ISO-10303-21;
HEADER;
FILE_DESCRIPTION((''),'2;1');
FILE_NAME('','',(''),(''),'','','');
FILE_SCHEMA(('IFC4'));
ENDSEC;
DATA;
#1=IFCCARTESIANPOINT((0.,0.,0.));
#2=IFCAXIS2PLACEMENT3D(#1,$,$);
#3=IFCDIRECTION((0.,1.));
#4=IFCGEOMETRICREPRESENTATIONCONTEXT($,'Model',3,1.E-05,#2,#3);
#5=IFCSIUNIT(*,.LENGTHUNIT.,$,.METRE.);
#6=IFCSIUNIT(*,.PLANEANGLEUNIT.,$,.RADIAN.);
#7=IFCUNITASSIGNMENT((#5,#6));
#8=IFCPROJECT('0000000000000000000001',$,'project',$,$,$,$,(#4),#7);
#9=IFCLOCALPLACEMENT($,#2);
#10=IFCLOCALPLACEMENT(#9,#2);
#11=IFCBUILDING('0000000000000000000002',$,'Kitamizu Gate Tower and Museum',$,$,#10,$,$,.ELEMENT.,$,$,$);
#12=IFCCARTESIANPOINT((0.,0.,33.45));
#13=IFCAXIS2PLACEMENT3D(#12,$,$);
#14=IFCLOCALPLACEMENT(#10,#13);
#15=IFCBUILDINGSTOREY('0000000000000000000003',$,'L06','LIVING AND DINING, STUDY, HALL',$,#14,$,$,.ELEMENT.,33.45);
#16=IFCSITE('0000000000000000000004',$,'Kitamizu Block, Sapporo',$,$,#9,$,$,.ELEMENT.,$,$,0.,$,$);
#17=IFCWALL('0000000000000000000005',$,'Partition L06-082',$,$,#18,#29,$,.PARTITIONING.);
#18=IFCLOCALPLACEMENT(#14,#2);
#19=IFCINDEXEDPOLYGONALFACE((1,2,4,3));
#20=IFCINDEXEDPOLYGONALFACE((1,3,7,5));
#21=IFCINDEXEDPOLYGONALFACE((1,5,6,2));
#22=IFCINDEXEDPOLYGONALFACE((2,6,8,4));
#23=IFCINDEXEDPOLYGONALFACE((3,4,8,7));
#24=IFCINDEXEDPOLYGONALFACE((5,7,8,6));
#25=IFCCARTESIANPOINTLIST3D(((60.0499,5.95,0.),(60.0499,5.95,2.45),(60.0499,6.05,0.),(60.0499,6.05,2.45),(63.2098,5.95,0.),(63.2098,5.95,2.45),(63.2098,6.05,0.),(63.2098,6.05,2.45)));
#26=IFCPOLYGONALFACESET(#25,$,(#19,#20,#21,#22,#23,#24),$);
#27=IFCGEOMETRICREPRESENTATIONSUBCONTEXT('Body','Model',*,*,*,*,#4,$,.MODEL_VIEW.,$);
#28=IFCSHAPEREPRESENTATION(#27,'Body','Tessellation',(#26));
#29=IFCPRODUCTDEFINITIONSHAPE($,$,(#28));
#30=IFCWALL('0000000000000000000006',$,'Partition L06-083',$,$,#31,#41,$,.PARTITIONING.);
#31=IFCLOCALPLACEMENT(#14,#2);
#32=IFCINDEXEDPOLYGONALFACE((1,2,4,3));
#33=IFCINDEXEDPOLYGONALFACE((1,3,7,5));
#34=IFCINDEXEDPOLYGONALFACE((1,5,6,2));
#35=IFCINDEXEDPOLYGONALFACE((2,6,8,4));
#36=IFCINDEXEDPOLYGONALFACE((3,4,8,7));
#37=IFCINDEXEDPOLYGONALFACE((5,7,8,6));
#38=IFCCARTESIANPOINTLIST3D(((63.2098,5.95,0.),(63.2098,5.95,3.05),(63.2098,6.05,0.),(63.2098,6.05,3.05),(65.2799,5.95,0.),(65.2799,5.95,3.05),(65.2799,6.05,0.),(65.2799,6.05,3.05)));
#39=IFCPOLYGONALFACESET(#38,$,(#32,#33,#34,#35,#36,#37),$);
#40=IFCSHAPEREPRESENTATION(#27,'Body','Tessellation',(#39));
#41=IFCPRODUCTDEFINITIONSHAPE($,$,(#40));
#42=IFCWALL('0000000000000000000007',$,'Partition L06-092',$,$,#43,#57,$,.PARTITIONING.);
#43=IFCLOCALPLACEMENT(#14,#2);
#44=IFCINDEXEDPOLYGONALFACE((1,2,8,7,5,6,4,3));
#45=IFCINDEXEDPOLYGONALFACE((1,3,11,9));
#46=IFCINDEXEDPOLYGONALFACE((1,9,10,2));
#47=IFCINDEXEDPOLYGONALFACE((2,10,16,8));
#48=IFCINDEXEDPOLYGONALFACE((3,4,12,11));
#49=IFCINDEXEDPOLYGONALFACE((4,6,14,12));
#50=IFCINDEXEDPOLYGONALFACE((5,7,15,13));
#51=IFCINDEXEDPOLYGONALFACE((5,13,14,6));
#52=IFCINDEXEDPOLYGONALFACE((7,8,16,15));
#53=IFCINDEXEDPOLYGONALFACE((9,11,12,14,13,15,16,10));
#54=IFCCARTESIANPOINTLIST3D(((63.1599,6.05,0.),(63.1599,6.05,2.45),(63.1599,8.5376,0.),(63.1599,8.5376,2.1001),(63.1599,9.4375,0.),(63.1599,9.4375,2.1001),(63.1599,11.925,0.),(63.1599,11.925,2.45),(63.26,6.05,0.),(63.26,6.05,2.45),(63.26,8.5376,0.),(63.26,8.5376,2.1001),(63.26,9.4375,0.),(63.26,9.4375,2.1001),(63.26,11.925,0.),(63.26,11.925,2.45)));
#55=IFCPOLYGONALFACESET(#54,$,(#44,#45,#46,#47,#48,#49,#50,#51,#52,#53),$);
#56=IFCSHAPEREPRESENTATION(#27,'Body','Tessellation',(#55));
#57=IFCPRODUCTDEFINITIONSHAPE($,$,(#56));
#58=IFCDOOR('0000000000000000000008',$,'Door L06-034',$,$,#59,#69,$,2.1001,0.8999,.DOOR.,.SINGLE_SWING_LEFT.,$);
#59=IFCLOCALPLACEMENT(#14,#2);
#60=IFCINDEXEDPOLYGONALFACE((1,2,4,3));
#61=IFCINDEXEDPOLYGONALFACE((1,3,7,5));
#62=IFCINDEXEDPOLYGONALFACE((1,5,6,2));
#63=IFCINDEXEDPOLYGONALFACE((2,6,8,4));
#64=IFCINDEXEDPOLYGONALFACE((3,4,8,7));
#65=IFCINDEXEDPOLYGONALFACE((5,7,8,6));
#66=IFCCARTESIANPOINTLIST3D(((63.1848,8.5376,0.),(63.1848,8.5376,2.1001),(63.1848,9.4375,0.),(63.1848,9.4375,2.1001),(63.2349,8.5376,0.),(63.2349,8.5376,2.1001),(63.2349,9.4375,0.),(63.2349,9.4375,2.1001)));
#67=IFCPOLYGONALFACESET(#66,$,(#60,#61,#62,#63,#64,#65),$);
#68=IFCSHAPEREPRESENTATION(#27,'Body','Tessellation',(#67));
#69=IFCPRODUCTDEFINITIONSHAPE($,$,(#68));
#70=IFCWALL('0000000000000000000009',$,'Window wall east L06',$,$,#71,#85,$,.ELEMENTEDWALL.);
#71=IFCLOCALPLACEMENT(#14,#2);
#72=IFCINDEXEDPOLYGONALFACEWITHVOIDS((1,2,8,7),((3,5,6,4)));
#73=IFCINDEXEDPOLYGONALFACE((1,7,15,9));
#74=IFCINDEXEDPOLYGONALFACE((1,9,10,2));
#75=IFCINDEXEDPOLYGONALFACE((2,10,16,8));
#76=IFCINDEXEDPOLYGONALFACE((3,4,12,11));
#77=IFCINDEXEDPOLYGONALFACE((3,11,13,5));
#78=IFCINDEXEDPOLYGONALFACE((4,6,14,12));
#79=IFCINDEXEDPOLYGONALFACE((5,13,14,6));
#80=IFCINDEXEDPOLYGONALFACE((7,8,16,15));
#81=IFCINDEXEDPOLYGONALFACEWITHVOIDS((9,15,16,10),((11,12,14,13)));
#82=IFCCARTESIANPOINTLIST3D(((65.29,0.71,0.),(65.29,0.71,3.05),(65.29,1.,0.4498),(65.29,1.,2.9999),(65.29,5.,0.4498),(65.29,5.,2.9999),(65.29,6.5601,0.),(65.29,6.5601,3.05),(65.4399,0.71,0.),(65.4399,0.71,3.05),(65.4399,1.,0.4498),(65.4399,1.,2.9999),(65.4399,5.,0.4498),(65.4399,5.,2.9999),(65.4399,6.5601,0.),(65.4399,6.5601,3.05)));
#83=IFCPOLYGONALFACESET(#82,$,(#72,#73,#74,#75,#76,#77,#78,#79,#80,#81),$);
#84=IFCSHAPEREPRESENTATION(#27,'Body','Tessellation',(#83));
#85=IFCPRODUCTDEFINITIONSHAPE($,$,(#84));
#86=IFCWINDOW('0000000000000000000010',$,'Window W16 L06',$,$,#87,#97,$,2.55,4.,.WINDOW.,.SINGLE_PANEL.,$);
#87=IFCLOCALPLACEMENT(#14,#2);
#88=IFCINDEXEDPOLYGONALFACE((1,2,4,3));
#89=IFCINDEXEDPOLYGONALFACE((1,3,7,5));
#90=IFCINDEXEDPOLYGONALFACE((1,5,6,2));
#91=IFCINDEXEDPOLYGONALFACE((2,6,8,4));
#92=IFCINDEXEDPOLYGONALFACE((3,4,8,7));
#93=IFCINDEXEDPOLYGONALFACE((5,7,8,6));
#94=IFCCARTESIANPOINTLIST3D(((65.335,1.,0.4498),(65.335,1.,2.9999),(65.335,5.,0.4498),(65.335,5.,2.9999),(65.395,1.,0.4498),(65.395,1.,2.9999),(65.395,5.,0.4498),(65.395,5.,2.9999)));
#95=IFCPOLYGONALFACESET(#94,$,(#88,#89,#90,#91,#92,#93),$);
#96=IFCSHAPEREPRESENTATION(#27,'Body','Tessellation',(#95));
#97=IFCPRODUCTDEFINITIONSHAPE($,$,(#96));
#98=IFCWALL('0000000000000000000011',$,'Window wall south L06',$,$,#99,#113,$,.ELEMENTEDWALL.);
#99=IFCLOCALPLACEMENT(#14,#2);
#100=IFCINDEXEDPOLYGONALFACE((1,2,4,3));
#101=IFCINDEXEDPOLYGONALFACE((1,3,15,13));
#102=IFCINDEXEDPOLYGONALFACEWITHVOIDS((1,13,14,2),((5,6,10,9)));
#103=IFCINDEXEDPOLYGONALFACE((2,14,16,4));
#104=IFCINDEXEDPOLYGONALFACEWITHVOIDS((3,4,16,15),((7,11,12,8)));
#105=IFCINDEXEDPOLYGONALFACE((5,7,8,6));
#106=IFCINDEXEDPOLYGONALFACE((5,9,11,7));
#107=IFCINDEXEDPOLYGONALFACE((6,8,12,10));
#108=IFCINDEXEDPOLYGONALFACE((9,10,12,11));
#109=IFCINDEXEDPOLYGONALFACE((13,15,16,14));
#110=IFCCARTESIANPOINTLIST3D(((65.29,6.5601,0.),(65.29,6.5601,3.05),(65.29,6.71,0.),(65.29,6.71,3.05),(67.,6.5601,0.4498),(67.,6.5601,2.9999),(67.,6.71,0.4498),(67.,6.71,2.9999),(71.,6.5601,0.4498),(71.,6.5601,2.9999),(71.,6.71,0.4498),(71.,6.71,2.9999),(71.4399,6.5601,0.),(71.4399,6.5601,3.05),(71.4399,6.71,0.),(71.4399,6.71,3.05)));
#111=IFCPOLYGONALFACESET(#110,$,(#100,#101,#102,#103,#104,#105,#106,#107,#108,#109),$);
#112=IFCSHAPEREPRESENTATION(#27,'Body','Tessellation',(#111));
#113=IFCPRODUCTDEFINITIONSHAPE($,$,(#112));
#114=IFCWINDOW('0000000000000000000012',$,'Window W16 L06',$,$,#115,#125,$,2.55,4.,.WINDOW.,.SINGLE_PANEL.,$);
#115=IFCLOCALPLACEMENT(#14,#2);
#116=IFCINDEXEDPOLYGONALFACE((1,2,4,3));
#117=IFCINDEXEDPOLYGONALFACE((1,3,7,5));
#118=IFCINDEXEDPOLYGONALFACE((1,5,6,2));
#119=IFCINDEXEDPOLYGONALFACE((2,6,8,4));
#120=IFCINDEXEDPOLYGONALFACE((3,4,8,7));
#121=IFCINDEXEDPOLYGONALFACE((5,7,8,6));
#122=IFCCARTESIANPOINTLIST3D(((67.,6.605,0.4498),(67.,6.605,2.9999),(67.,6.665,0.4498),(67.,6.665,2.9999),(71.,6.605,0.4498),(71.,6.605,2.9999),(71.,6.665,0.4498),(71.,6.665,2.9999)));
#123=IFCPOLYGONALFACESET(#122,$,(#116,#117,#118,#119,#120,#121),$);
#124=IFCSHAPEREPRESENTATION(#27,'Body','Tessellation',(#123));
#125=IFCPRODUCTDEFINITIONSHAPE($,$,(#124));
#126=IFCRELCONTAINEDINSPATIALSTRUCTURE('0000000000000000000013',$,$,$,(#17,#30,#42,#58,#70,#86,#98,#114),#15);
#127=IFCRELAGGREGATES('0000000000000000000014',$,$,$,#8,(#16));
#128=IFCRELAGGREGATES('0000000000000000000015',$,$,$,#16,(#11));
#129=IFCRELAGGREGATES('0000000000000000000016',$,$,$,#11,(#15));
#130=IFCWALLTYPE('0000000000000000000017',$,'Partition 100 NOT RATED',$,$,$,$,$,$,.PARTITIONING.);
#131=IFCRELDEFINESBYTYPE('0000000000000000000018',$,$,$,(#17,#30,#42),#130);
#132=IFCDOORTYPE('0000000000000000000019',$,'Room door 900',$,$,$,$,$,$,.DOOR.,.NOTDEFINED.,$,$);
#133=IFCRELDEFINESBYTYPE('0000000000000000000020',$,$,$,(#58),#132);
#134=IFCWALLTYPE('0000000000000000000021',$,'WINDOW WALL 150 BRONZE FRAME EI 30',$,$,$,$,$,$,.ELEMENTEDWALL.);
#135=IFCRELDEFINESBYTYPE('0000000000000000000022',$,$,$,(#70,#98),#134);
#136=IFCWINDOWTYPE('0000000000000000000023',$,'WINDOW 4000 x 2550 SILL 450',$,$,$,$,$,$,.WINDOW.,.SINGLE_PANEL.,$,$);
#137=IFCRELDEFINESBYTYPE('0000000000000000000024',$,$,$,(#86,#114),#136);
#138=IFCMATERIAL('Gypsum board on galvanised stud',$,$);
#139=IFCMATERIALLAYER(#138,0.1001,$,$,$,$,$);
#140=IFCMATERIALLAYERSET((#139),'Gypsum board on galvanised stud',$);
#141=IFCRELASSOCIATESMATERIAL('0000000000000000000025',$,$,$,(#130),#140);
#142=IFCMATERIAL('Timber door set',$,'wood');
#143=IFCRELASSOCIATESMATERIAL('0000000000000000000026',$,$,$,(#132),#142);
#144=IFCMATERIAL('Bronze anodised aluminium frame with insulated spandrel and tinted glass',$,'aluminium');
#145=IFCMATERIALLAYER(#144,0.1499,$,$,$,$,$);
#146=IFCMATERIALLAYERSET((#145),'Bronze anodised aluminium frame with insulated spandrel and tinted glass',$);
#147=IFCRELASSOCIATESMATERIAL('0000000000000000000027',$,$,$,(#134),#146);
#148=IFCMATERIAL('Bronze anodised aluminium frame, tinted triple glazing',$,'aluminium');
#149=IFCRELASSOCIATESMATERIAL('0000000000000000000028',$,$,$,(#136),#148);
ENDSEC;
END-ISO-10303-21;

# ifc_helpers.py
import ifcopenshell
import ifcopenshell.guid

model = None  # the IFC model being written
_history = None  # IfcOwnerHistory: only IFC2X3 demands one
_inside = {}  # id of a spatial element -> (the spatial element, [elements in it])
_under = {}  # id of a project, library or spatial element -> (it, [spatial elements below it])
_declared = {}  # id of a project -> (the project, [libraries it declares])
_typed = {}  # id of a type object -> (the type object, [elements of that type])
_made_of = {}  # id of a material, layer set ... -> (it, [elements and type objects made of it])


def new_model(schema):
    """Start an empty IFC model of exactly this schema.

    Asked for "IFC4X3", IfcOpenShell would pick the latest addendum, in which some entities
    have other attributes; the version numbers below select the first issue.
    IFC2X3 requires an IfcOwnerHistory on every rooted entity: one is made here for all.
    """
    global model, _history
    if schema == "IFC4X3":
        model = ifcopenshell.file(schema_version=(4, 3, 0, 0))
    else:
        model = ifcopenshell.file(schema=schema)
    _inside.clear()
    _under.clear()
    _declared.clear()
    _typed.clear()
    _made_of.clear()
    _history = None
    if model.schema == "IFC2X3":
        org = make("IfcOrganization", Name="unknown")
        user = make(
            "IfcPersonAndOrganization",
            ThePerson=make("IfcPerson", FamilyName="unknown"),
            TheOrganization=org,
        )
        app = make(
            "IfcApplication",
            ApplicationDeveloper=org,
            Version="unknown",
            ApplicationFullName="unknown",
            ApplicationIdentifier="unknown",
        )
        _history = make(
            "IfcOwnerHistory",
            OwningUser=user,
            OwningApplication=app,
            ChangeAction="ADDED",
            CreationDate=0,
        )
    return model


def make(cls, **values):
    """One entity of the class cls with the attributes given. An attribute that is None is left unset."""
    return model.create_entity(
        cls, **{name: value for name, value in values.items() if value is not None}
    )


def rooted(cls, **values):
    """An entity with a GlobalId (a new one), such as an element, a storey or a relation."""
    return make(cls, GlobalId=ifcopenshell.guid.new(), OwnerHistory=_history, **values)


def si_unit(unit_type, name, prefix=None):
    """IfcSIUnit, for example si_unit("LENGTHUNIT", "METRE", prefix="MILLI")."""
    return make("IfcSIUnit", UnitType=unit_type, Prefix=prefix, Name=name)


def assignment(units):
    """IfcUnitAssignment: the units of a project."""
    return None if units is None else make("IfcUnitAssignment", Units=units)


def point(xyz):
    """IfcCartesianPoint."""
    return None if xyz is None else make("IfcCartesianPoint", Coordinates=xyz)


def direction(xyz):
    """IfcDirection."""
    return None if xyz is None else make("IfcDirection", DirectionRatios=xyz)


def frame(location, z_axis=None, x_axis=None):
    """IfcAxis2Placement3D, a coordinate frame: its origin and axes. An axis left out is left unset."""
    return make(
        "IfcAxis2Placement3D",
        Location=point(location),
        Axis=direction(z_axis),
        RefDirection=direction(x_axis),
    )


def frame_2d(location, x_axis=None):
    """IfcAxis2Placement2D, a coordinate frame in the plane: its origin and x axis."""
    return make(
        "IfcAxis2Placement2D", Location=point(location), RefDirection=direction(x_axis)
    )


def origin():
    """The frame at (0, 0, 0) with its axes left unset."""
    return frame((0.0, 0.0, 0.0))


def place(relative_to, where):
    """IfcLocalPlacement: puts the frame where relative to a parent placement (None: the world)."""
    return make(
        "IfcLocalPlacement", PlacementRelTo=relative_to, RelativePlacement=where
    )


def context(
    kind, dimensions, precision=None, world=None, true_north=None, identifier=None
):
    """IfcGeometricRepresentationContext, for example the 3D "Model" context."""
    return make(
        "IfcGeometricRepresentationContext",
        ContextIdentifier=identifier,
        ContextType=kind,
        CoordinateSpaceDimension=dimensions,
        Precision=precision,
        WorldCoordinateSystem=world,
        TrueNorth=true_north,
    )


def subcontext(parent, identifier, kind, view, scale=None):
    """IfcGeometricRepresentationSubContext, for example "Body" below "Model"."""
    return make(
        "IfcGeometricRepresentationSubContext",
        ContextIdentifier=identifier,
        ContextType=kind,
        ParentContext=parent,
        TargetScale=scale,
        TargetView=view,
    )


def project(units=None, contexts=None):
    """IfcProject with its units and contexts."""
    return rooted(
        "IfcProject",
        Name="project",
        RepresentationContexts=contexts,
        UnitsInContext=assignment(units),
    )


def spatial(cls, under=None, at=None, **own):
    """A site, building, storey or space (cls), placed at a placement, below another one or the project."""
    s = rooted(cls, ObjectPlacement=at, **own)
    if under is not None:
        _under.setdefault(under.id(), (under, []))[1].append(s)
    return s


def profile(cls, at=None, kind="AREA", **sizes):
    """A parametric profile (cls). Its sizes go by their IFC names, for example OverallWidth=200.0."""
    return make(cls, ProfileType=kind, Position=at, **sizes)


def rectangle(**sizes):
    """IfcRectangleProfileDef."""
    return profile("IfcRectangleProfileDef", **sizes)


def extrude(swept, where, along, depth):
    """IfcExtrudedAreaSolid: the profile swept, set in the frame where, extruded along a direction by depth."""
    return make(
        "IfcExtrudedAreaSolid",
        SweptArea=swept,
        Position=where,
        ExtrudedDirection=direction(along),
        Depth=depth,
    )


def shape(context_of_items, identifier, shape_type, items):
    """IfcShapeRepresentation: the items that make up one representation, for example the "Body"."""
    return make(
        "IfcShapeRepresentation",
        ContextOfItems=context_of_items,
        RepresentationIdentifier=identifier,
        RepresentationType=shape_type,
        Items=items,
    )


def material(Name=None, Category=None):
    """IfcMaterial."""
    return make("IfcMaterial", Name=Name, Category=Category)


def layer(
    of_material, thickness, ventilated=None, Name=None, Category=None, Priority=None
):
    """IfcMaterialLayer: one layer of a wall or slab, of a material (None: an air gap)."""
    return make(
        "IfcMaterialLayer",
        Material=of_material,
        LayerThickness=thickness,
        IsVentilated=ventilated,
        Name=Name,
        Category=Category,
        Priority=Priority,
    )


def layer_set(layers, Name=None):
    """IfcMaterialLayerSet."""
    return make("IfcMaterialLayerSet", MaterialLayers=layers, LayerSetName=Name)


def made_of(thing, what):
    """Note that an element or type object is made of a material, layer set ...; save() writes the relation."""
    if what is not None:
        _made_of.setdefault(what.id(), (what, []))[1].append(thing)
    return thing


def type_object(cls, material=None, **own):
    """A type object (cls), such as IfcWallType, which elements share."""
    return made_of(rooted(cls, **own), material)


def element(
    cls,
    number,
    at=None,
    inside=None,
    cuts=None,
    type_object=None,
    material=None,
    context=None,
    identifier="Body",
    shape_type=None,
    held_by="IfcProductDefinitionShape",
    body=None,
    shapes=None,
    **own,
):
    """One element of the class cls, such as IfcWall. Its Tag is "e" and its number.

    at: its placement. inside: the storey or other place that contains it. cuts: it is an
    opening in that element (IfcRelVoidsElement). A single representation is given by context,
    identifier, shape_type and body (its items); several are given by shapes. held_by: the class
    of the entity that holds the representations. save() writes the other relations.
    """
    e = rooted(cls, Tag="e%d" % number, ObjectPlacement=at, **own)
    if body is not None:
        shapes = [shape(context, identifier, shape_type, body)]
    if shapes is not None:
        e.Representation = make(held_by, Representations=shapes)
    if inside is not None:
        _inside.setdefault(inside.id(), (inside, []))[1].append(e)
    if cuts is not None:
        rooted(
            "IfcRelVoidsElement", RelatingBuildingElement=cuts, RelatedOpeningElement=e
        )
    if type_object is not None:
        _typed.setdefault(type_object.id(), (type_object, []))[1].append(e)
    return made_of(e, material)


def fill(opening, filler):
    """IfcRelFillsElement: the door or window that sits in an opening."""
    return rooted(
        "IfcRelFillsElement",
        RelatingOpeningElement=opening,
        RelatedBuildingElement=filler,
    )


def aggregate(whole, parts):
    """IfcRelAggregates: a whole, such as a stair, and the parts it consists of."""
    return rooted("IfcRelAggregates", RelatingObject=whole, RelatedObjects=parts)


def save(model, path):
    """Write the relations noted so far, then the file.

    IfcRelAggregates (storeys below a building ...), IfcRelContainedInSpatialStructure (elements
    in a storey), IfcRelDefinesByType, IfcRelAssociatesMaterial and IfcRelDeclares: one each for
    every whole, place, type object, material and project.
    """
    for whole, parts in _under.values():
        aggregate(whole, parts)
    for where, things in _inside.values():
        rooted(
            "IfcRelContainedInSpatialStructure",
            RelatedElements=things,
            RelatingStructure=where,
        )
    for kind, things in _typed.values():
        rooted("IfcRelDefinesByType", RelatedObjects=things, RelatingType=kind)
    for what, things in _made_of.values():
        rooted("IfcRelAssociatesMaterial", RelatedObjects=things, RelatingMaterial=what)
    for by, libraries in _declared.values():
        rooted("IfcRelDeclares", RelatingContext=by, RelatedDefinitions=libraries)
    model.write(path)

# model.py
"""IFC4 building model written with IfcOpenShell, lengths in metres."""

from ifc_helpers import new_model, si_unit, direction, frame, frame_2d, origin, place, context, subcontext, project, spatial, rectangle, extrude, material, layer, layer_set, type_object, element, fill, save


model = new_model("IFC4")

# Units and contexts
model_context = context("Model", 3, precision=1e-05, world=origin(), true_north=direction((0.0, 1.0)))
body_context = subcontext(model_context, "Body", "Model", "MODEL_VIEW")
ifc_project = project(units=[si_unit("LENGTHUNIT", "METRE"), si_unit("PLANEANGLEUNIT", "RADIAN")], contexts=[model_context])

# Site, building, storey
site_placement = place(None, origin())
site = spatial("IfcSite", under=ifc_project, at=site_placement, Name="Kitamizu Block, Sapporo", CompositionType="ELEMENT", RefElevation=0.0)
building_placement = place(site_placement, origin())
building = spatial("IfcBuilding", under=site, at=building_placement, Name="Kitamizu Gate Tower and Museum", CompositionType="ELEMENT")
storey_placement = place(building_placement, frame((0.0, 0.0, 33.45)))
storey = spatial("IfcBuildingStorey", under=building, at=storey_placement, Name="L06", Description="LIVING AND DINING, STUDY, HALL", CompositionType="ELEMENT", Elevation=33.45)

# Walls
ifc_material_1 = material(Name="Gypsum board on galvanised stud")
ifc_layer_1 = layer(ifc_material_1, 0.1001)
ifc_layer_set_1 = layer_set([ifc_layer_1], Name="Gypsum board on galvanised stud")
wall_type_1 = type_object("IfcWallType", Name="Partition 100 NOT RATED", PredefinedType="PARTITIONING", material=ifc_layer_set_1)
wall_1_placement = place(storey_placement, frame((63.21, 6.0, 0.0), z_axis=(0.0, 0.0, 1.0), x_axis=(-1.0, 0.0, 0.0)))
element("IfcWall", 1, at=wall_1_placement, inside=storey, type_object=wall_type_1, Name="Partition L06-082", PredefinedType="PARTITIONING", context=body_context, shape_type="SweptSolid", body=[
    extrude(rectangle(XDim=3.1599, YDim=0.1001, at=frame_2d((1.5801, 0.0))), origin(), (0.0, 0.0, 1.0), 2.45),
])
wall_2_placement = place(storey_placement, frame((65.28, 6.0, 0.0), z_axis=(0.0, 0.0, 1.0), x_axis=(-1.0, 0.0, 0.0)))
element("IfcWall", 2, at=wall_2_placement, inside=storey, type_object=wall_type_1, Name="Partition L06-083", PredefinedType="PARTITIONING", context=body_context, shape_type="SweptSolid", body=[
    extrude(rectangle(XDim=2.0701, YDim=0.1001, at=frame_2d((1.0352, 0.0))), origin(), (0.0, 0.0, 1.0), 3.05),
])

# Wall, opening, door
wall_3_placement = place(storey_placement, frame((63.21, 6.05, 0.0), z_axis=(0.0, 0.0, 1.0), x_axis=(0.0, 1.0, 0.0)))
wall_3 = element("IfcWall", 3, at=wall_3_placement, inside=storey, type_object=wall_type_1, Name="Partition L06-092", PredefinedType="PARTITIONING", context=body_context, shape_type="SweptSolid", body=[
    extrude(rectangle(XDim=5.875, YDim=0.1001, at=frame_2d((2.9375, 0.0))), origin(), (0.0, 0.0, 1.0), 2.45),
])
opening_1_placement = place(wall_3_placement, frame((2.4875, 0.0, 0.0)))
opening_1 = element("IfcOpeningElement", 4, at=opening_1_placement, cuts=wall_3, PredefinedType="OPENING", context=body_context, shape_type="SweptSolid", body=[
    extrude(rectangle(XDim=0.8999, YDim=2.1001, at=frame_2d((0.45, 1.05))), frame((0.0, 0.0601, 0.0), z_axis=(0.0, -1.0, 0.0), x_axis=(1.0, 0.0, 0.0)), (0.0, 0.0, 1.0), 0.1201),
])
ifc_material_2 = material(Name="Timber door set", Category="wood")
door_type = type_object("IfcDoorType", Name="Room door 900", OperationType="NOTDEFINED", PredefinedType="DOOR", material=ifc_material_2)
door_placement = place(opening_1_placement, frame((0.8999, 0.0, 0.0), x_axis=(-1.0, 0.0, 0.0)))
door = element("IfcDoor", 5, at=door_placement, inside=storey, type_object=door_type, Name="Door L06-034", OperationType="SINGLE_SWING_LEFT", OverallHeight=2.1001, OverallWidth=0.8999, PredefinedType="DOOR", context=body_context, shape_type="SweptSolid", body=[
    extrude(rectangle(XDim=0.8999, YDim=2.1001, at=frame_2d((0.45, 1.05))), frame((0.0, 0.0249, 0.0), z_axis=(0.0, -1.0, 0.0), x_axis=(1.0, 0.0, 0.0)), (0.0, 0.0, 1.0), 0.05),
])
fill(opening_1, door)

# Walls, openings, windows
ifc_material_3 = material(Name="Bronze anodised aluminium frame with insulated spandrel and tinted glass", Category="aluminium")
ifc_layer_2 = layer(ifc_material_3, 0.1499)
ifc_layer_set_2 = layer_set([ifc_layer_2], Name="Bronze anodised aluminium frame with insulated spandrel and tinted glass")
wall_type_2 = type_object("IfcWallType", Name="WINDOW WALL 150 BRONZE FRAME EI 30", PredefinedType="ELEMENTEDWALL", material=ifc_layer_set_2)
wall_4_placement = place(storey_placement, frame((65.365, 0.71, 0.0), z_axis=(0.0, 0.0, 1.0), x_axis=(0.0, 1.0, 0.0)))
wall_4 = element("IfcWall", 6, at=wall_4_placement, inside=storey, type_object=wall_type_2, Name="Window wall east L06", PredefinedType="ELEMENTEDWALL", context=body_context, shape_type="SweptSolid", body=[
    extrude(rectangle(XDim=5.8501, YDim=0.1499, at=frame_2d((2.925, 0.0))), origin(), (0.0, 0.0, 1.0), 3.05),
])
opening_2_placement = place(wall_4_placement, frame((0.29, 0.0, 0.45)))
opening_2 = element("IfcOpeningElement", 7, at=opening_2_placement, cuts=wall_4, PredefinedType="OPENING", context=body_context, shape_type="SweptSolid", body=[
    extrude(rectangle(XDim=4.0, YDim=2.55, at=frame_2d((2.0, 1.2749))), frame((0.0, 0.085, 0.0), z_axis=(0.0, -1.0, 0.0), x_axis=(1.0, 0.0, 0.0)), (0.0, 0.0, 1.0), 0.1699),
])
ifc_material_4 = material(Name="Bronze anodised aluminium frame, tinted triple glazing", Category="aluminium")
window_type = type_object("IfcWindowType", Name="WINDOW 4000 x 2550 SILL 450", PartitioningType="SINGLE_PANEL", PredefinedType="WINDOW", material=ifc_material_4)
window_1_placement = place(opening_2_placement, origin())
window_1 = element("IfcWindow", 8, at=window_1_placement, inside=storey, type_object=window_type, Name="Window W16 L06", OverallHeight=2.55, OverallWidth=4.0, PartitioningType="SINGLE_PANEL", PredefinedType="WINDOW", context=body_context, shape_type="SweptSolid", body=[
    extrude(rectangle(XDim=4.0, YDim=2.55, at=frame_2d((2.0, 1.2749))), frame((0.0, 0.03, 0.0), z_axis=(0.0, -1.0, 0.0), x_axis=(1.0, 0.0, 0.0)), (0.0, 0.0, 1.0), 0.0601),
])
fill(opening_2, window_1)
wall_5_placement = place(storey_placement, frame((65.29, 6.635, 0.0), z_axis=(0.0, 0.0, 1.0), x_axis=(1.0, 0.0, 0.0)))
wall_5 = element("IfcWall", 9, at=wall_5_placement, inside=storey, type_object=wall_type_2, Name="Window wall south L06", PredefinedType="ELEMENTEDWALL", context=body_context, shape_type="SweptSolid", body=[
    extrude(rectangle(XDim=6.1499, YDim=0.1499, at=frame_2d((3.075, 0.0))), origin(), (0.0, 0.0, 1.0), 3.05),
])
opening_3_placement = place(wall_5_placement, frame((1.71, 0.0, 0.45)))
opening_3 = element("IfcOpeningElement", 10, at=opening_3_placement, cuts=wall_5, PredefinedType="OPENING", context=body_context, shape_type="SweptSolid", body=[
    extrude(rectangle(XDim=4.0, YDim=2.55, at=frame_2d((2.0, 1.2749))), frame((0.0, 0.085, 0.0), z_axis=(0.0, -1.0, 0.0), x_axis=(1.0, 0.0, 0.0)), (0.0, 0.0, 1.0), 0.1699),
])
window_2_placement = place(opening_3_placement, origin())
window_2 = element("IfcWindow", 11, at=window_2_placement, inside=storey, type_object=window_type, Name="Window W16 L06", OverallHeight=2.55, OverallWidth=4.0, PartitioningType="SINGLE_PANEL", PredefinedType="WINDOW", context=body_context, shape_type="SweptSolid", body=[
    extrude(rectangle(XDim=4.0, YDim=2.55, at=frame_2d((2.0, 1.2749))), frame((0.0, 0.03, 0.0), z_axis=(0.0, -1.0, 0.0), x_axis=(1.0, 0.0, 0.0)), (0.0, 0.0, 1.0), 0.0601),
])
fill(opening_3, window_2)

save(model, "model.ifc")
